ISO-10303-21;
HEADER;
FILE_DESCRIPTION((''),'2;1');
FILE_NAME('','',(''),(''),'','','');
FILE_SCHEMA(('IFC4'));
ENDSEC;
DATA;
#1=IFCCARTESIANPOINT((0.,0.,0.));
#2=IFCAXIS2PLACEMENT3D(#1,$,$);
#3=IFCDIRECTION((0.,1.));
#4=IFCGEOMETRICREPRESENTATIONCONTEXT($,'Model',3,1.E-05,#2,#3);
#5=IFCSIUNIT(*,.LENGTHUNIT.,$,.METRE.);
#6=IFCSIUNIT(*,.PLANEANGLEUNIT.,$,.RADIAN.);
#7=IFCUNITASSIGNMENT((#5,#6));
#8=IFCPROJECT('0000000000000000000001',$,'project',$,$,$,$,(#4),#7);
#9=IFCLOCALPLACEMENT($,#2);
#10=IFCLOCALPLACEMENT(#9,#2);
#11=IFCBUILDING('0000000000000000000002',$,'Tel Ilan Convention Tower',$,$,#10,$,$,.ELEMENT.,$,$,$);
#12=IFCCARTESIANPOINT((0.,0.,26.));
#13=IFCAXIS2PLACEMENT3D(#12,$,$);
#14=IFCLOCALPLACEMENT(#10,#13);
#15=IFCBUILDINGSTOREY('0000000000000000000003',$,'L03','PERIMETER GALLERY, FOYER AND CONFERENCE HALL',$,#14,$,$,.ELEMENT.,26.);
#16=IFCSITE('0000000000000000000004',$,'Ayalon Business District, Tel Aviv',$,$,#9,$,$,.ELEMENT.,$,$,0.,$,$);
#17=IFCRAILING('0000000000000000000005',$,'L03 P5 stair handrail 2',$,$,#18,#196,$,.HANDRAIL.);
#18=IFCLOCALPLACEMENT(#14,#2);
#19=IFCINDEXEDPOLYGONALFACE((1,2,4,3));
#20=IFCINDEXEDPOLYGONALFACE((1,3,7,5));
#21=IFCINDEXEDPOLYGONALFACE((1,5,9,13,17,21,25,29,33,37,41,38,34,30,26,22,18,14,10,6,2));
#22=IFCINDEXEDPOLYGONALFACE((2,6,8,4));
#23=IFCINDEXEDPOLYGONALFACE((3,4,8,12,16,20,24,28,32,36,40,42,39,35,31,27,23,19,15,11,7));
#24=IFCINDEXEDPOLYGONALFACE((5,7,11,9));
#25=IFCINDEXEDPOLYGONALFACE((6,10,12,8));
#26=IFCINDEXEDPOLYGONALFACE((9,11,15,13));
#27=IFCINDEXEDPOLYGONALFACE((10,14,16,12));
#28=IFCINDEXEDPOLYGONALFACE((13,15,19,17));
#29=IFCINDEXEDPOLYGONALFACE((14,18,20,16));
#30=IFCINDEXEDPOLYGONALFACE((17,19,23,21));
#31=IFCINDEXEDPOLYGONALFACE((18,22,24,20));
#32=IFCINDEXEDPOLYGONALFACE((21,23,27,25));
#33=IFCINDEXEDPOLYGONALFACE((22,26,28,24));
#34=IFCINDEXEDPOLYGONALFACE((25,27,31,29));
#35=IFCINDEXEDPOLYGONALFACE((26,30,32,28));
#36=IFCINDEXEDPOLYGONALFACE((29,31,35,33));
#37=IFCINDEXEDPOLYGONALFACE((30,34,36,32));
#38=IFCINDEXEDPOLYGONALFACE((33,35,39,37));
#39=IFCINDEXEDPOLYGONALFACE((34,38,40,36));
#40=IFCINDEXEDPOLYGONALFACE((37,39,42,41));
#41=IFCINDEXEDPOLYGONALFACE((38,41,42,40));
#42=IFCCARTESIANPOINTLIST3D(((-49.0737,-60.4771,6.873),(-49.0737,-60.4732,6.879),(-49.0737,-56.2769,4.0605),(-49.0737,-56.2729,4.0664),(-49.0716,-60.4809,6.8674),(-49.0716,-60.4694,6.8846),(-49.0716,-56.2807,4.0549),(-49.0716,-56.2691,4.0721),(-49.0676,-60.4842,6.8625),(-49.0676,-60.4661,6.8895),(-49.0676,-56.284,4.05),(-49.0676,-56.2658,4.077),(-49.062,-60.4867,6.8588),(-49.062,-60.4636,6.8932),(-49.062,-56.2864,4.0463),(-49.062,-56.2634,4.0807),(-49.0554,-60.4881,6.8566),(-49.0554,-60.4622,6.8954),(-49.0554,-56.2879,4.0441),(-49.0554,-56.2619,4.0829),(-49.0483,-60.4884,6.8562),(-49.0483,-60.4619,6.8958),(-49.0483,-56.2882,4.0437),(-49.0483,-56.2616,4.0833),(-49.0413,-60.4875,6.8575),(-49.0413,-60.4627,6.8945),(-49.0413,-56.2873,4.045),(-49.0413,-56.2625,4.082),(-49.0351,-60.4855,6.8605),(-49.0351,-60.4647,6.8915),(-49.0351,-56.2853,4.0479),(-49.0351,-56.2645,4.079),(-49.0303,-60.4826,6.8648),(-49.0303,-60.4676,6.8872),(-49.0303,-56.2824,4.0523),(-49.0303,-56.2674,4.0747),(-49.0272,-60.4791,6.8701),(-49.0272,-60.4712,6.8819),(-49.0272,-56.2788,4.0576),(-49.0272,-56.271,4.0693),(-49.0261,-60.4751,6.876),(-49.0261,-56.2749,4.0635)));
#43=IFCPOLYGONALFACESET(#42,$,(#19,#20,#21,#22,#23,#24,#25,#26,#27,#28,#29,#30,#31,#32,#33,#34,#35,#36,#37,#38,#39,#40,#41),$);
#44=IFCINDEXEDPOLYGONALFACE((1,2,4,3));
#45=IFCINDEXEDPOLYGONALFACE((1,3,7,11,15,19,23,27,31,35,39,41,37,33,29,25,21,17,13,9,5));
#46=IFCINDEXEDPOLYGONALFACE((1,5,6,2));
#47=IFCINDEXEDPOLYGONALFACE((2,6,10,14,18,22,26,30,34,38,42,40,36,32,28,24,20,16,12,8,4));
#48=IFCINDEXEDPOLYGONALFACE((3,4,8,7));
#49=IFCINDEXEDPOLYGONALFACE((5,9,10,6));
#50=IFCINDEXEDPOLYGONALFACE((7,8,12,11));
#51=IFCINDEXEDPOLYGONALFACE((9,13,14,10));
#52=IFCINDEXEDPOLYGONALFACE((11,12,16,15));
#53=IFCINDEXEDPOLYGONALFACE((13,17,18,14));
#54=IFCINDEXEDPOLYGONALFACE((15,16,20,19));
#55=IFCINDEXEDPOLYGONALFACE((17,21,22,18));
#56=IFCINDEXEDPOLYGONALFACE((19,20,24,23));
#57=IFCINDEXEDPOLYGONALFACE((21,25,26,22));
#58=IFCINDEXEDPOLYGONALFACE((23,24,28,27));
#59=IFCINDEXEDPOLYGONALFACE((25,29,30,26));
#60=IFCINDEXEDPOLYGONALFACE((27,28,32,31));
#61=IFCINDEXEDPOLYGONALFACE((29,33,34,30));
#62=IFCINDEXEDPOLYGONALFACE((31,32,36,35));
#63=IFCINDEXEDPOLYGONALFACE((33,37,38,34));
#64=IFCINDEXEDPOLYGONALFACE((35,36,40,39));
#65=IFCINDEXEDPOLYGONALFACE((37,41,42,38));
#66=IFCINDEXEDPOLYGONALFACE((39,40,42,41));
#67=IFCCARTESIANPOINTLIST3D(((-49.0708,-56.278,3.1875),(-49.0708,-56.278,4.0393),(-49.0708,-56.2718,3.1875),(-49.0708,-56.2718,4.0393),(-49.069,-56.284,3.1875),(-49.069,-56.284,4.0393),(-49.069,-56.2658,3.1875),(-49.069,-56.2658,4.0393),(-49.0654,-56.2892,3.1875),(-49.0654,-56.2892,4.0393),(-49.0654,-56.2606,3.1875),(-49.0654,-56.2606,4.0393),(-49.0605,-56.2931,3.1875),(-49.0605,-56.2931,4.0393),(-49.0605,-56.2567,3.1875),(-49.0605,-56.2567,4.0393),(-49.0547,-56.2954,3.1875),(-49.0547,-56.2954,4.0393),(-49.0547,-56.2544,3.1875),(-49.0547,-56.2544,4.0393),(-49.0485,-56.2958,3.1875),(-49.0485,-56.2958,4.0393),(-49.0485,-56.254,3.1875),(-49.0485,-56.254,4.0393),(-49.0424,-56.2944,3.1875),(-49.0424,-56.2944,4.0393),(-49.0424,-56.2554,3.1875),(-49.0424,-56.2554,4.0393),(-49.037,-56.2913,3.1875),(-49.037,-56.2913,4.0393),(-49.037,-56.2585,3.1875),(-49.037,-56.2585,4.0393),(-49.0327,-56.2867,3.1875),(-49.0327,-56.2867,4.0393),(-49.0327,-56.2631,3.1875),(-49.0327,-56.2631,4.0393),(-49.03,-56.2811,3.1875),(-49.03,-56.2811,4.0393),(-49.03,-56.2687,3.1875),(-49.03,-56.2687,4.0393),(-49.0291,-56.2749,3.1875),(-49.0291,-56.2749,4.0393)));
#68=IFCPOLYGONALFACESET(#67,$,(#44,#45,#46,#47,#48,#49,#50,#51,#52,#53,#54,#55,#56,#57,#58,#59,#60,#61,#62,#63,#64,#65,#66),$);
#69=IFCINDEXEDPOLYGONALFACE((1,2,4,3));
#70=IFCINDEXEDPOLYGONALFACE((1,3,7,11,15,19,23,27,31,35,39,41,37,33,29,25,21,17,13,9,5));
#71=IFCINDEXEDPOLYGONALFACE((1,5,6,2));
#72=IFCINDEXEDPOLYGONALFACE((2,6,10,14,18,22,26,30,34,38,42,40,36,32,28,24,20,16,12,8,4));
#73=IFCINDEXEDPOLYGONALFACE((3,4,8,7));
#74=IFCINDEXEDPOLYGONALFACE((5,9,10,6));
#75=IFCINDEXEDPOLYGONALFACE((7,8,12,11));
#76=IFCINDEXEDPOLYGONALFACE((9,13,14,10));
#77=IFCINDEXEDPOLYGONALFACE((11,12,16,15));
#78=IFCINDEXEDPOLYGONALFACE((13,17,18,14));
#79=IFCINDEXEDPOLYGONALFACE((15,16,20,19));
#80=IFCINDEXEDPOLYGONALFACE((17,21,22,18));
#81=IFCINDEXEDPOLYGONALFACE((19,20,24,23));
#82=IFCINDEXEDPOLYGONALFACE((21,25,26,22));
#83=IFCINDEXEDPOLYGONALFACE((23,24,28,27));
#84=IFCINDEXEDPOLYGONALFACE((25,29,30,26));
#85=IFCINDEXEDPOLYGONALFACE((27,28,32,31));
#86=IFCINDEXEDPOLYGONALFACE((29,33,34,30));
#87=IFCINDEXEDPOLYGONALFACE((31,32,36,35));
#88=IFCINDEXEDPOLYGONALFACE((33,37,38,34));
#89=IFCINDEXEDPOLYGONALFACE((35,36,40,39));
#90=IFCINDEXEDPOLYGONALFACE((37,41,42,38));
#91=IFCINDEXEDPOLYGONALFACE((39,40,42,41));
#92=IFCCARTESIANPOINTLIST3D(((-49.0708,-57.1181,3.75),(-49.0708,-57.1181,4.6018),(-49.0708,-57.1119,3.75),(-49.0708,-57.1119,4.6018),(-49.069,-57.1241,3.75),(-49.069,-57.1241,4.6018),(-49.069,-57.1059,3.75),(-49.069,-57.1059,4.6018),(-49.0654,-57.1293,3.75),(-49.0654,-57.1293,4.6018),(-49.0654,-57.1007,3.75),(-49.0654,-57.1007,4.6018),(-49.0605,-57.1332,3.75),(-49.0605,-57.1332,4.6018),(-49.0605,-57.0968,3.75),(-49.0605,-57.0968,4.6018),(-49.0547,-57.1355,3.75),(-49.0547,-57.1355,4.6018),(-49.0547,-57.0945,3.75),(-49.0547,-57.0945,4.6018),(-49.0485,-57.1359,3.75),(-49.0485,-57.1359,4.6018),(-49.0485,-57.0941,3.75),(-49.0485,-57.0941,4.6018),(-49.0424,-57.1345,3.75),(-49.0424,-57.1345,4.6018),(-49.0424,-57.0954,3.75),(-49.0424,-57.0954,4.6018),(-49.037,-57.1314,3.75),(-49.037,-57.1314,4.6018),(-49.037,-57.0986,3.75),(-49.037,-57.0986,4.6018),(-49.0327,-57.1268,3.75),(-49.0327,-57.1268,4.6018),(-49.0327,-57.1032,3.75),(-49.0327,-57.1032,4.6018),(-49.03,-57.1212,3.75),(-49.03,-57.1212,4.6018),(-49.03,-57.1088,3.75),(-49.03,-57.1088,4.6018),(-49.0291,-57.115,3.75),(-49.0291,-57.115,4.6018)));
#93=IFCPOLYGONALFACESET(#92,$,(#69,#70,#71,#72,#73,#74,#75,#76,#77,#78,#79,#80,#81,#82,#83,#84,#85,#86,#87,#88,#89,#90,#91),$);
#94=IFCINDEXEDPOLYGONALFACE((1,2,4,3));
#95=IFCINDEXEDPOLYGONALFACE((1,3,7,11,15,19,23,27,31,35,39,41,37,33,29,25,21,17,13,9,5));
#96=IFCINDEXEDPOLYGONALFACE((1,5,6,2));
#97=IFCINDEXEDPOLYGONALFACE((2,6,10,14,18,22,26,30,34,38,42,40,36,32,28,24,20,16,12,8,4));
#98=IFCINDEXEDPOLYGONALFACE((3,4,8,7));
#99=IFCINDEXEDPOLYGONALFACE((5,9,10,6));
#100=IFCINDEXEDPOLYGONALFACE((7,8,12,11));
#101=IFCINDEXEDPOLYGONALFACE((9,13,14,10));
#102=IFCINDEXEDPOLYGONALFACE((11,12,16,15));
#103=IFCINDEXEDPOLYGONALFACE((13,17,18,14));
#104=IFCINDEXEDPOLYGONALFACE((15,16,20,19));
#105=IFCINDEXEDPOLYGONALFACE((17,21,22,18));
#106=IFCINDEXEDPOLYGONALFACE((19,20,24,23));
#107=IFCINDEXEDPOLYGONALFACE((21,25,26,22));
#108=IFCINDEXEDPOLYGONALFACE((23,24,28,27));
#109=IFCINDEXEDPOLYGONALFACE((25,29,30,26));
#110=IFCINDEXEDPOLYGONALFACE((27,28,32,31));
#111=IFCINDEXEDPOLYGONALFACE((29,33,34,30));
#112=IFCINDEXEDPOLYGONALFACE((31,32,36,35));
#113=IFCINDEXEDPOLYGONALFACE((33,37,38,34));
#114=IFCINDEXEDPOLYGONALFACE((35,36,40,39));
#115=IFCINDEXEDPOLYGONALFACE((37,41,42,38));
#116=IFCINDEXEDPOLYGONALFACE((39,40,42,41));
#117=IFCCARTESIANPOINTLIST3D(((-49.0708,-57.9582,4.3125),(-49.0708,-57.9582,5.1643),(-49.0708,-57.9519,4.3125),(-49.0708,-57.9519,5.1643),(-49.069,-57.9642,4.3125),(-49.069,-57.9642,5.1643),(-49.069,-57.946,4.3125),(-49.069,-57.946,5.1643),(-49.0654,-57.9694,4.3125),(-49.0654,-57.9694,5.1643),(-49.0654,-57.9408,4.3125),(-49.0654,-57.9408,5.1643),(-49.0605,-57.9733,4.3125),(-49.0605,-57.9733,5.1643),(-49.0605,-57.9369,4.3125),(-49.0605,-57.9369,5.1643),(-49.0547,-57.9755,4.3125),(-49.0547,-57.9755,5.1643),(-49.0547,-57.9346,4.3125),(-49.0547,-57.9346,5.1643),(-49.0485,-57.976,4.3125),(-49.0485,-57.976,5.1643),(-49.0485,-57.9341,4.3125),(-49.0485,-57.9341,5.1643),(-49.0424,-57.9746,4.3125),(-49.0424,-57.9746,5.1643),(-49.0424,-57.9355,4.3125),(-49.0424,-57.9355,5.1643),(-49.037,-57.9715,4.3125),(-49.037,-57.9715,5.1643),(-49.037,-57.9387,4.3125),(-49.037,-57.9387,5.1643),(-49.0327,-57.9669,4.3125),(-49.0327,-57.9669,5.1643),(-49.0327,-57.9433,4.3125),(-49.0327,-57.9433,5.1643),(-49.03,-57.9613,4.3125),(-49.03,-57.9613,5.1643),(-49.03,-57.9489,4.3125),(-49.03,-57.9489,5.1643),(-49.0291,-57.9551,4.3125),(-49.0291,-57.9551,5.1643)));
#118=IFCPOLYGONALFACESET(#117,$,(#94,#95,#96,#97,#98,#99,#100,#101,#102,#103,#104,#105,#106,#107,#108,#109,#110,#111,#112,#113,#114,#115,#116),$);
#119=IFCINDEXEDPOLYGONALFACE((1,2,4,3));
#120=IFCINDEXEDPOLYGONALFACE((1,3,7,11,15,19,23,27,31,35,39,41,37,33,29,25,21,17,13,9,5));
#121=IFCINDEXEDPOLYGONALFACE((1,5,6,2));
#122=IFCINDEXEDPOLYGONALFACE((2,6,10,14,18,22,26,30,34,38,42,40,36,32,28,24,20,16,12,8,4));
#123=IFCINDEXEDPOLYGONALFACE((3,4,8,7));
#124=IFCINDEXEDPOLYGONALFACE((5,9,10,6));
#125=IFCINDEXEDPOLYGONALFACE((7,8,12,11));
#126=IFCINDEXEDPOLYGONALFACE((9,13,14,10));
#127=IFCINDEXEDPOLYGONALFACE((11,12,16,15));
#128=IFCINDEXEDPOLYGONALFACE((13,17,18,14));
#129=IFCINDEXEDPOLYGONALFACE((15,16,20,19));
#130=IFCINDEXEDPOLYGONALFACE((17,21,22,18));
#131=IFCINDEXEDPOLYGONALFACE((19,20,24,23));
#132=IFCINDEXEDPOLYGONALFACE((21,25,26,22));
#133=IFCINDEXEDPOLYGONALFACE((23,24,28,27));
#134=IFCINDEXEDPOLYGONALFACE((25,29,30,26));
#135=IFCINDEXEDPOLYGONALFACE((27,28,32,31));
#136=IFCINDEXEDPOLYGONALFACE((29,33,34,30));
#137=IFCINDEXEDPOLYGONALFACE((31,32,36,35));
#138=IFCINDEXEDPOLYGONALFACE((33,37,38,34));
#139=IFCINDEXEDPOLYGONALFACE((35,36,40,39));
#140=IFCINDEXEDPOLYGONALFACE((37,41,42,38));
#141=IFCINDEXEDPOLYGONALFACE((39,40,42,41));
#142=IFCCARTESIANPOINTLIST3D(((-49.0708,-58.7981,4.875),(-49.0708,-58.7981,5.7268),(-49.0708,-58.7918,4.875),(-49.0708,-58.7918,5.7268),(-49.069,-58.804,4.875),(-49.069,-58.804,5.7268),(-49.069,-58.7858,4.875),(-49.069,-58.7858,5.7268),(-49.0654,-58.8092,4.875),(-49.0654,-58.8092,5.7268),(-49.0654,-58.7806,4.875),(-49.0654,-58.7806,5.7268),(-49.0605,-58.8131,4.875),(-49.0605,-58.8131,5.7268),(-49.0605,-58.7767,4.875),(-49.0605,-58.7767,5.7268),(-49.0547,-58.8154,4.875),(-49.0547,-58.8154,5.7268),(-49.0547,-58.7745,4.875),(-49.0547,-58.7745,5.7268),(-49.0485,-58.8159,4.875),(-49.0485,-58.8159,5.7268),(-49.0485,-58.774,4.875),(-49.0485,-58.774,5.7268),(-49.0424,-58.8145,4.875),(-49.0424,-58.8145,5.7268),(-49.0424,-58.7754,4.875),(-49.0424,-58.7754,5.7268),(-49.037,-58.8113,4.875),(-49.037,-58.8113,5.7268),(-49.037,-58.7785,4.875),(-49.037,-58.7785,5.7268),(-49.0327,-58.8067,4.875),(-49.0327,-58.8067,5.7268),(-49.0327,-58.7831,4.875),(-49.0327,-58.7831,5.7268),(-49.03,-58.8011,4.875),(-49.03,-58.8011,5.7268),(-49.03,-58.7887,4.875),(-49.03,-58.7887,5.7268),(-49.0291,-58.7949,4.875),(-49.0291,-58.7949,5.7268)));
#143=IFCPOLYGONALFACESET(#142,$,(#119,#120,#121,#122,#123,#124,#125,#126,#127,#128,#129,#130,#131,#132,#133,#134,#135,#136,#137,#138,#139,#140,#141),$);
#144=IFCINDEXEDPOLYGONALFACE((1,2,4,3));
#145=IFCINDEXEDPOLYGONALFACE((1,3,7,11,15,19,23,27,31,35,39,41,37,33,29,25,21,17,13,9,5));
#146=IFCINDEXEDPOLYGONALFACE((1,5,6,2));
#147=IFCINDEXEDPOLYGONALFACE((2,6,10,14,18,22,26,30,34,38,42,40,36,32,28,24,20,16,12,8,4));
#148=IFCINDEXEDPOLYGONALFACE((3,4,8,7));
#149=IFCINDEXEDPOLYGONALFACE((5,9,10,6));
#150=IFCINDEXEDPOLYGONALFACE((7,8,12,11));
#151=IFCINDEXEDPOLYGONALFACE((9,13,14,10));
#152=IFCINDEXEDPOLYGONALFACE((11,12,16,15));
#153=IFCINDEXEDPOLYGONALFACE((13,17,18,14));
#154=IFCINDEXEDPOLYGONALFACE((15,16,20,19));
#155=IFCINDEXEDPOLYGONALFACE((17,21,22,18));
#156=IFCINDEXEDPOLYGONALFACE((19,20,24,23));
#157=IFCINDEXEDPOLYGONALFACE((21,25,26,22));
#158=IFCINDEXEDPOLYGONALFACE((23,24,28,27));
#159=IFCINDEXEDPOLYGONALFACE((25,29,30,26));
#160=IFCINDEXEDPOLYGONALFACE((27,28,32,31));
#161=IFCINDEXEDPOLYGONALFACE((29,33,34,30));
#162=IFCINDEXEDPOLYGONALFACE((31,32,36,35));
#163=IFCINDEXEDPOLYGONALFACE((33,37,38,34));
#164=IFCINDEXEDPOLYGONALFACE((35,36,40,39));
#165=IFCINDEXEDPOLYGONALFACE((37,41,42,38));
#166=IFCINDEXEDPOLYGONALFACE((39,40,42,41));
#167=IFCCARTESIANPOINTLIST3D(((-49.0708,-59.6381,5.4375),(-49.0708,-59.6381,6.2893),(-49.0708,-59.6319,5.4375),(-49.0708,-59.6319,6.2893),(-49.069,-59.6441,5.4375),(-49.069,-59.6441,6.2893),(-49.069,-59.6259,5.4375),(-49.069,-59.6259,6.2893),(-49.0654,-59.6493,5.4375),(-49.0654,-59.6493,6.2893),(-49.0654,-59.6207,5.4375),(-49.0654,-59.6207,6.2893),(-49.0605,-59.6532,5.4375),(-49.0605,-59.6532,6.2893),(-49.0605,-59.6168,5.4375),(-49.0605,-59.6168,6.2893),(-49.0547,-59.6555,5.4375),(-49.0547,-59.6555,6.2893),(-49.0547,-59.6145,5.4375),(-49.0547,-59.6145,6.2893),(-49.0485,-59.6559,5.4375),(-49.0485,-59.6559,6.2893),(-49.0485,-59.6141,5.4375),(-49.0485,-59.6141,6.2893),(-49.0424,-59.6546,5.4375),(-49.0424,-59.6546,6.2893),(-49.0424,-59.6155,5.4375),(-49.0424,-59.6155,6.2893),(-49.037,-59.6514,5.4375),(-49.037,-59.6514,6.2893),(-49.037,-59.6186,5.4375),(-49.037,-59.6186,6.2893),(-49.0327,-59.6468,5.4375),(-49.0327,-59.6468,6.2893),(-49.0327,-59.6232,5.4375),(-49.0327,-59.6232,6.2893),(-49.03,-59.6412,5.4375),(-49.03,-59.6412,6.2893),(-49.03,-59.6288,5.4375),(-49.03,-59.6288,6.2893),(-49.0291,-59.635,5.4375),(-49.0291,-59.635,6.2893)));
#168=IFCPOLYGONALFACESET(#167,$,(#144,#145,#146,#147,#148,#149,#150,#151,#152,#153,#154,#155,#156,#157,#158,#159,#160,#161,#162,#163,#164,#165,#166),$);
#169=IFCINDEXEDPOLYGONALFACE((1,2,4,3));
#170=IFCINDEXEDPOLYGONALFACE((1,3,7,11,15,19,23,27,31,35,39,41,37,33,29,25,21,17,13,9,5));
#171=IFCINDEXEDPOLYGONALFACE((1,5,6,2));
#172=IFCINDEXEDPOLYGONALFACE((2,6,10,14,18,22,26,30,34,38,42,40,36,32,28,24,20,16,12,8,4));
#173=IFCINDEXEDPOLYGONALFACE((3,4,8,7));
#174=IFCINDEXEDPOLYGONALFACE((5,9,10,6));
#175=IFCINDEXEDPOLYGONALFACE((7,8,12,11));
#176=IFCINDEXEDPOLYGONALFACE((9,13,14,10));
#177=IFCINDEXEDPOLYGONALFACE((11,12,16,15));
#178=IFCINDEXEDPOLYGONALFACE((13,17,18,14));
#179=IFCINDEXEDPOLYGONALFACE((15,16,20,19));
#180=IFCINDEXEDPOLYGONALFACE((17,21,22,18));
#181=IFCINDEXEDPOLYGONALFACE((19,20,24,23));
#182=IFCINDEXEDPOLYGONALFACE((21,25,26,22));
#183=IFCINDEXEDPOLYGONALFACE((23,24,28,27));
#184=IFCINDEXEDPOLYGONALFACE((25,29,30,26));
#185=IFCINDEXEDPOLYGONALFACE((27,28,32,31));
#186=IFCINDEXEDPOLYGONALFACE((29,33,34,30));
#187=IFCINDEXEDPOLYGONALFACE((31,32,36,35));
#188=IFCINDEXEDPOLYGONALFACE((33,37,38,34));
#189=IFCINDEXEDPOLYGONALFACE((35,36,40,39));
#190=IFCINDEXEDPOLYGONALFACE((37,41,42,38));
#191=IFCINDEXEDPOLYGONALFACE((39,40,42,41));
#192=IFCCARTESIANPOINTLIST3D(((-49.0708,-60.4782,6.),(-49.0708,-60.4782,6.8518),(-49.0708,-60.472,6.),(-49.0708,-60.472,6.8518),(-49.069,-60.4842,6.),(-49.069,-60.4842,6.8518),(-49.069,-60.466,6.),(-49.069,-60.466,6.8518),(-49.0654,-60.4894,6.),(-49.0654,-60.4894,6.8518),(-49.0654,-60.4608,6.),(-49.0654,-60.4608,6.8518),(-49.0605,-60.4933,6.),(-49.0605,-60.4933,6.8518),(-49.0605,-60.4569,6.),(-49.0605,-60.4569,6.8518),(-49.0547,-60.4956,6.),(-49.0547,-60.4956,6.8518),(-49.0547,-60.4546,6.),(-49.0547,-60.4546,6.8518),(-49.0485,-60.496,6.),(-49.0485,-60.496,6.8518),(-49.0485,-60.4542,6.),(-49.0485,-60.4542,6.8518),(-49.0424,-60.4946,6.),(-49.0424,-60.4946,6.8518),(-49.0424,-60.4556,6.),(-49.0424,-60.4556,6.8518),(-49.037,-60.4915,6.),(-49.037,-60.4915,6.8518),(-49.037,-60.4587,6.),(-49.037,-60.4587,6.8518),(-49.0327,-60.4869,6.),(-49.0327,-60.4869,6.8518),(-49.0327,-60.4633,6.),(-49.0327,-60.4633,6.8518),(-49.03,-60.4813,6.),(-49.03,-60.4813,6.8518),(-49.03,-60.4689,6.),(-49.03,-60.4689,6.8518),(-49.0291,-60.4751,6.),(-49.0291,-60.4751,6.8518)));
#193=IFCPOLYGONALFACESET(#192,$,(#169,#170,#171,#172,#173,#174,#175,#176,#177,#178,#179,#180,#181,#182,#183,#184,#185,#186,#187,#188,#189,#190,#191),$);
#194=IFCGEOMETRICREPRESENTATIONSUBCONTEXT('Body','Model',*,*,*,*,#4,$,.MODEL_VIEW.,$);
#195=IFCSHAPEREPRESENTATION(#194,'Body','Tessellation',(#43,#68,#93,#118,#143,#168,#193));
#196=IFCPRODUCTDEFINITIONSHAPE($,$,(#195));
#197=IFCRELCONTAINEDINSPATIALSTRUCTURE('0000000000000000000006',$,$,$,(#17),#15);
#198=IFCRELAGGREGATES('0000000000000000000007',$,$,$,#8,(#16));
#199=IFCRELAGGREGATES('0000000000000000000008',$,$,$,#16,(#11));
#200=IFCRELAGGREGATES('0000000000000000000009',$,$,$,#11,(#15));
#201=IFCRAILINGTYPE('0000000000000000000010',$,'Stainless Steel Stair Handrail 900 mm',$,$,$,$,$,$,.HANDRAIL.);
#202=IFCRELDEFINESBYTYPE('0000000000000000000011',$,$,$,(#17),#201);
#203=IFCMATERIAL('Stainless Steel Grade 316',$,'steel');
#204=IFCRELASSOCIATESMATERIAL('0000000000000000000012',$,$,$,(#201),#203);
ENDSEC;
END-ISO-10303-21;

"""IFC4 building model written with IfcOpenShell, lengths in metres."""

from ifc_helpers import new_model, si_unit, direction, frame, origin, origin_2d, place, context, subcontext, project, spatial, circle, extrude, material, type_object, element, save


model = new_model("IFC4")

# Units and contexts
model_context = context("Model", 3, precision=1e-05, world=origin(), true_north=direction((0.0, 1.0)))
body_context = subcontext(model_context, "Body", "Model", "MODEL_VIEW")
ifc_project = project(units=[si_unit("LENGTHUNIT", "METRE"), si_unit("PLANEANGLEUNIT", "RADIAN")], contexts=[model_context])

# Site, building, storey
site_placement = place(None, origin())
site = spatial("IfcSite", under=ifc_project, at=site_placement, Name="Ayalon Business District, Tel Aviv", CompositionType="ELEMENT", RefElevation=0.0)
building_placement = place(site_placement, origin())
building = spatial("IfcBuilding", under=site, at=building_placement, Name="Tel Ilan Convention Tower", CompositionType="ELEMENT")
storey_placement = place(building_placement, frame((0.0, 0.0, 26.0)))
storey = spatial("IfcBuildingStorey", under=building, at=storey_placement, Name="L03", Description="PERIMETER GALLERY, FOYER AND CONFERENCE HALL", CompositionType="ELEMENT", Elevation=26.0)

# Railing
ifc_material_1 = material(Name="Stainless Steel Grade 316", Category="steel")
railing_type_1 = type_object("IfcRailingType", Name="Stainless Steel Stair Handrail 900 mm", PredefinedType="HANDRAIL", material=ifc_material_1)
railing_1_placement = place(storey_placement, frame((-49.05, -56.2749, 3.1875)))
element("IfcRailing", 1, at=railing_1_placement, inside=storey, type_object=railing_type_1, Name="L03 P5 stair handrail 2", PredefinedType="HANDRAIL", context=body_context, shape_type="SweptSolid", body=[
    extrude(circle(Radius=0.0239, at=origin_2d()), frame((0.0, 0.0, 0.876), z_axis=(0.0, -0.830919, 0.556393), x_axis=(1.0, 0.0, 0.0)), (0.0, 0.0, 1.0), 5.0549),
    extrude(circle(Radius=0.021, at=origin_2d()), origin(), (0.0, 0.0, 1.0), 0.8518),
    extrude(circle(Radius=0.021, at=origin_2d()), frame((0.0, -0.8401, 0.5625)), (0.0, 0.0, 1.0), 0.8518),
    extrude(circle(Radius=0.021, at=origin_2d()), frame((0.0, -1.6802, 1.125)), (0.0, 0.0, 1.0), 0.8518),
    extrude(circle(Radius=0.021, at=origin_2d()), frame((0.0, -2.52, 1.6875)), (0.0, 0.0, 1.0), 0.8518),
    extrude(circle(Radius=0.021, at=origin_2d()), frame((0.0, -3.3601, 2.25)), (0.0, 0.0, 1.0), 0.8518),
    extrude(circle(Radius=0.021, at=origin_2d()), frame((0.0, -4.2002, 2.8125)), (0.0, 0.0, 1.0), 0.8518),
])

save(model, "model.ifc")
